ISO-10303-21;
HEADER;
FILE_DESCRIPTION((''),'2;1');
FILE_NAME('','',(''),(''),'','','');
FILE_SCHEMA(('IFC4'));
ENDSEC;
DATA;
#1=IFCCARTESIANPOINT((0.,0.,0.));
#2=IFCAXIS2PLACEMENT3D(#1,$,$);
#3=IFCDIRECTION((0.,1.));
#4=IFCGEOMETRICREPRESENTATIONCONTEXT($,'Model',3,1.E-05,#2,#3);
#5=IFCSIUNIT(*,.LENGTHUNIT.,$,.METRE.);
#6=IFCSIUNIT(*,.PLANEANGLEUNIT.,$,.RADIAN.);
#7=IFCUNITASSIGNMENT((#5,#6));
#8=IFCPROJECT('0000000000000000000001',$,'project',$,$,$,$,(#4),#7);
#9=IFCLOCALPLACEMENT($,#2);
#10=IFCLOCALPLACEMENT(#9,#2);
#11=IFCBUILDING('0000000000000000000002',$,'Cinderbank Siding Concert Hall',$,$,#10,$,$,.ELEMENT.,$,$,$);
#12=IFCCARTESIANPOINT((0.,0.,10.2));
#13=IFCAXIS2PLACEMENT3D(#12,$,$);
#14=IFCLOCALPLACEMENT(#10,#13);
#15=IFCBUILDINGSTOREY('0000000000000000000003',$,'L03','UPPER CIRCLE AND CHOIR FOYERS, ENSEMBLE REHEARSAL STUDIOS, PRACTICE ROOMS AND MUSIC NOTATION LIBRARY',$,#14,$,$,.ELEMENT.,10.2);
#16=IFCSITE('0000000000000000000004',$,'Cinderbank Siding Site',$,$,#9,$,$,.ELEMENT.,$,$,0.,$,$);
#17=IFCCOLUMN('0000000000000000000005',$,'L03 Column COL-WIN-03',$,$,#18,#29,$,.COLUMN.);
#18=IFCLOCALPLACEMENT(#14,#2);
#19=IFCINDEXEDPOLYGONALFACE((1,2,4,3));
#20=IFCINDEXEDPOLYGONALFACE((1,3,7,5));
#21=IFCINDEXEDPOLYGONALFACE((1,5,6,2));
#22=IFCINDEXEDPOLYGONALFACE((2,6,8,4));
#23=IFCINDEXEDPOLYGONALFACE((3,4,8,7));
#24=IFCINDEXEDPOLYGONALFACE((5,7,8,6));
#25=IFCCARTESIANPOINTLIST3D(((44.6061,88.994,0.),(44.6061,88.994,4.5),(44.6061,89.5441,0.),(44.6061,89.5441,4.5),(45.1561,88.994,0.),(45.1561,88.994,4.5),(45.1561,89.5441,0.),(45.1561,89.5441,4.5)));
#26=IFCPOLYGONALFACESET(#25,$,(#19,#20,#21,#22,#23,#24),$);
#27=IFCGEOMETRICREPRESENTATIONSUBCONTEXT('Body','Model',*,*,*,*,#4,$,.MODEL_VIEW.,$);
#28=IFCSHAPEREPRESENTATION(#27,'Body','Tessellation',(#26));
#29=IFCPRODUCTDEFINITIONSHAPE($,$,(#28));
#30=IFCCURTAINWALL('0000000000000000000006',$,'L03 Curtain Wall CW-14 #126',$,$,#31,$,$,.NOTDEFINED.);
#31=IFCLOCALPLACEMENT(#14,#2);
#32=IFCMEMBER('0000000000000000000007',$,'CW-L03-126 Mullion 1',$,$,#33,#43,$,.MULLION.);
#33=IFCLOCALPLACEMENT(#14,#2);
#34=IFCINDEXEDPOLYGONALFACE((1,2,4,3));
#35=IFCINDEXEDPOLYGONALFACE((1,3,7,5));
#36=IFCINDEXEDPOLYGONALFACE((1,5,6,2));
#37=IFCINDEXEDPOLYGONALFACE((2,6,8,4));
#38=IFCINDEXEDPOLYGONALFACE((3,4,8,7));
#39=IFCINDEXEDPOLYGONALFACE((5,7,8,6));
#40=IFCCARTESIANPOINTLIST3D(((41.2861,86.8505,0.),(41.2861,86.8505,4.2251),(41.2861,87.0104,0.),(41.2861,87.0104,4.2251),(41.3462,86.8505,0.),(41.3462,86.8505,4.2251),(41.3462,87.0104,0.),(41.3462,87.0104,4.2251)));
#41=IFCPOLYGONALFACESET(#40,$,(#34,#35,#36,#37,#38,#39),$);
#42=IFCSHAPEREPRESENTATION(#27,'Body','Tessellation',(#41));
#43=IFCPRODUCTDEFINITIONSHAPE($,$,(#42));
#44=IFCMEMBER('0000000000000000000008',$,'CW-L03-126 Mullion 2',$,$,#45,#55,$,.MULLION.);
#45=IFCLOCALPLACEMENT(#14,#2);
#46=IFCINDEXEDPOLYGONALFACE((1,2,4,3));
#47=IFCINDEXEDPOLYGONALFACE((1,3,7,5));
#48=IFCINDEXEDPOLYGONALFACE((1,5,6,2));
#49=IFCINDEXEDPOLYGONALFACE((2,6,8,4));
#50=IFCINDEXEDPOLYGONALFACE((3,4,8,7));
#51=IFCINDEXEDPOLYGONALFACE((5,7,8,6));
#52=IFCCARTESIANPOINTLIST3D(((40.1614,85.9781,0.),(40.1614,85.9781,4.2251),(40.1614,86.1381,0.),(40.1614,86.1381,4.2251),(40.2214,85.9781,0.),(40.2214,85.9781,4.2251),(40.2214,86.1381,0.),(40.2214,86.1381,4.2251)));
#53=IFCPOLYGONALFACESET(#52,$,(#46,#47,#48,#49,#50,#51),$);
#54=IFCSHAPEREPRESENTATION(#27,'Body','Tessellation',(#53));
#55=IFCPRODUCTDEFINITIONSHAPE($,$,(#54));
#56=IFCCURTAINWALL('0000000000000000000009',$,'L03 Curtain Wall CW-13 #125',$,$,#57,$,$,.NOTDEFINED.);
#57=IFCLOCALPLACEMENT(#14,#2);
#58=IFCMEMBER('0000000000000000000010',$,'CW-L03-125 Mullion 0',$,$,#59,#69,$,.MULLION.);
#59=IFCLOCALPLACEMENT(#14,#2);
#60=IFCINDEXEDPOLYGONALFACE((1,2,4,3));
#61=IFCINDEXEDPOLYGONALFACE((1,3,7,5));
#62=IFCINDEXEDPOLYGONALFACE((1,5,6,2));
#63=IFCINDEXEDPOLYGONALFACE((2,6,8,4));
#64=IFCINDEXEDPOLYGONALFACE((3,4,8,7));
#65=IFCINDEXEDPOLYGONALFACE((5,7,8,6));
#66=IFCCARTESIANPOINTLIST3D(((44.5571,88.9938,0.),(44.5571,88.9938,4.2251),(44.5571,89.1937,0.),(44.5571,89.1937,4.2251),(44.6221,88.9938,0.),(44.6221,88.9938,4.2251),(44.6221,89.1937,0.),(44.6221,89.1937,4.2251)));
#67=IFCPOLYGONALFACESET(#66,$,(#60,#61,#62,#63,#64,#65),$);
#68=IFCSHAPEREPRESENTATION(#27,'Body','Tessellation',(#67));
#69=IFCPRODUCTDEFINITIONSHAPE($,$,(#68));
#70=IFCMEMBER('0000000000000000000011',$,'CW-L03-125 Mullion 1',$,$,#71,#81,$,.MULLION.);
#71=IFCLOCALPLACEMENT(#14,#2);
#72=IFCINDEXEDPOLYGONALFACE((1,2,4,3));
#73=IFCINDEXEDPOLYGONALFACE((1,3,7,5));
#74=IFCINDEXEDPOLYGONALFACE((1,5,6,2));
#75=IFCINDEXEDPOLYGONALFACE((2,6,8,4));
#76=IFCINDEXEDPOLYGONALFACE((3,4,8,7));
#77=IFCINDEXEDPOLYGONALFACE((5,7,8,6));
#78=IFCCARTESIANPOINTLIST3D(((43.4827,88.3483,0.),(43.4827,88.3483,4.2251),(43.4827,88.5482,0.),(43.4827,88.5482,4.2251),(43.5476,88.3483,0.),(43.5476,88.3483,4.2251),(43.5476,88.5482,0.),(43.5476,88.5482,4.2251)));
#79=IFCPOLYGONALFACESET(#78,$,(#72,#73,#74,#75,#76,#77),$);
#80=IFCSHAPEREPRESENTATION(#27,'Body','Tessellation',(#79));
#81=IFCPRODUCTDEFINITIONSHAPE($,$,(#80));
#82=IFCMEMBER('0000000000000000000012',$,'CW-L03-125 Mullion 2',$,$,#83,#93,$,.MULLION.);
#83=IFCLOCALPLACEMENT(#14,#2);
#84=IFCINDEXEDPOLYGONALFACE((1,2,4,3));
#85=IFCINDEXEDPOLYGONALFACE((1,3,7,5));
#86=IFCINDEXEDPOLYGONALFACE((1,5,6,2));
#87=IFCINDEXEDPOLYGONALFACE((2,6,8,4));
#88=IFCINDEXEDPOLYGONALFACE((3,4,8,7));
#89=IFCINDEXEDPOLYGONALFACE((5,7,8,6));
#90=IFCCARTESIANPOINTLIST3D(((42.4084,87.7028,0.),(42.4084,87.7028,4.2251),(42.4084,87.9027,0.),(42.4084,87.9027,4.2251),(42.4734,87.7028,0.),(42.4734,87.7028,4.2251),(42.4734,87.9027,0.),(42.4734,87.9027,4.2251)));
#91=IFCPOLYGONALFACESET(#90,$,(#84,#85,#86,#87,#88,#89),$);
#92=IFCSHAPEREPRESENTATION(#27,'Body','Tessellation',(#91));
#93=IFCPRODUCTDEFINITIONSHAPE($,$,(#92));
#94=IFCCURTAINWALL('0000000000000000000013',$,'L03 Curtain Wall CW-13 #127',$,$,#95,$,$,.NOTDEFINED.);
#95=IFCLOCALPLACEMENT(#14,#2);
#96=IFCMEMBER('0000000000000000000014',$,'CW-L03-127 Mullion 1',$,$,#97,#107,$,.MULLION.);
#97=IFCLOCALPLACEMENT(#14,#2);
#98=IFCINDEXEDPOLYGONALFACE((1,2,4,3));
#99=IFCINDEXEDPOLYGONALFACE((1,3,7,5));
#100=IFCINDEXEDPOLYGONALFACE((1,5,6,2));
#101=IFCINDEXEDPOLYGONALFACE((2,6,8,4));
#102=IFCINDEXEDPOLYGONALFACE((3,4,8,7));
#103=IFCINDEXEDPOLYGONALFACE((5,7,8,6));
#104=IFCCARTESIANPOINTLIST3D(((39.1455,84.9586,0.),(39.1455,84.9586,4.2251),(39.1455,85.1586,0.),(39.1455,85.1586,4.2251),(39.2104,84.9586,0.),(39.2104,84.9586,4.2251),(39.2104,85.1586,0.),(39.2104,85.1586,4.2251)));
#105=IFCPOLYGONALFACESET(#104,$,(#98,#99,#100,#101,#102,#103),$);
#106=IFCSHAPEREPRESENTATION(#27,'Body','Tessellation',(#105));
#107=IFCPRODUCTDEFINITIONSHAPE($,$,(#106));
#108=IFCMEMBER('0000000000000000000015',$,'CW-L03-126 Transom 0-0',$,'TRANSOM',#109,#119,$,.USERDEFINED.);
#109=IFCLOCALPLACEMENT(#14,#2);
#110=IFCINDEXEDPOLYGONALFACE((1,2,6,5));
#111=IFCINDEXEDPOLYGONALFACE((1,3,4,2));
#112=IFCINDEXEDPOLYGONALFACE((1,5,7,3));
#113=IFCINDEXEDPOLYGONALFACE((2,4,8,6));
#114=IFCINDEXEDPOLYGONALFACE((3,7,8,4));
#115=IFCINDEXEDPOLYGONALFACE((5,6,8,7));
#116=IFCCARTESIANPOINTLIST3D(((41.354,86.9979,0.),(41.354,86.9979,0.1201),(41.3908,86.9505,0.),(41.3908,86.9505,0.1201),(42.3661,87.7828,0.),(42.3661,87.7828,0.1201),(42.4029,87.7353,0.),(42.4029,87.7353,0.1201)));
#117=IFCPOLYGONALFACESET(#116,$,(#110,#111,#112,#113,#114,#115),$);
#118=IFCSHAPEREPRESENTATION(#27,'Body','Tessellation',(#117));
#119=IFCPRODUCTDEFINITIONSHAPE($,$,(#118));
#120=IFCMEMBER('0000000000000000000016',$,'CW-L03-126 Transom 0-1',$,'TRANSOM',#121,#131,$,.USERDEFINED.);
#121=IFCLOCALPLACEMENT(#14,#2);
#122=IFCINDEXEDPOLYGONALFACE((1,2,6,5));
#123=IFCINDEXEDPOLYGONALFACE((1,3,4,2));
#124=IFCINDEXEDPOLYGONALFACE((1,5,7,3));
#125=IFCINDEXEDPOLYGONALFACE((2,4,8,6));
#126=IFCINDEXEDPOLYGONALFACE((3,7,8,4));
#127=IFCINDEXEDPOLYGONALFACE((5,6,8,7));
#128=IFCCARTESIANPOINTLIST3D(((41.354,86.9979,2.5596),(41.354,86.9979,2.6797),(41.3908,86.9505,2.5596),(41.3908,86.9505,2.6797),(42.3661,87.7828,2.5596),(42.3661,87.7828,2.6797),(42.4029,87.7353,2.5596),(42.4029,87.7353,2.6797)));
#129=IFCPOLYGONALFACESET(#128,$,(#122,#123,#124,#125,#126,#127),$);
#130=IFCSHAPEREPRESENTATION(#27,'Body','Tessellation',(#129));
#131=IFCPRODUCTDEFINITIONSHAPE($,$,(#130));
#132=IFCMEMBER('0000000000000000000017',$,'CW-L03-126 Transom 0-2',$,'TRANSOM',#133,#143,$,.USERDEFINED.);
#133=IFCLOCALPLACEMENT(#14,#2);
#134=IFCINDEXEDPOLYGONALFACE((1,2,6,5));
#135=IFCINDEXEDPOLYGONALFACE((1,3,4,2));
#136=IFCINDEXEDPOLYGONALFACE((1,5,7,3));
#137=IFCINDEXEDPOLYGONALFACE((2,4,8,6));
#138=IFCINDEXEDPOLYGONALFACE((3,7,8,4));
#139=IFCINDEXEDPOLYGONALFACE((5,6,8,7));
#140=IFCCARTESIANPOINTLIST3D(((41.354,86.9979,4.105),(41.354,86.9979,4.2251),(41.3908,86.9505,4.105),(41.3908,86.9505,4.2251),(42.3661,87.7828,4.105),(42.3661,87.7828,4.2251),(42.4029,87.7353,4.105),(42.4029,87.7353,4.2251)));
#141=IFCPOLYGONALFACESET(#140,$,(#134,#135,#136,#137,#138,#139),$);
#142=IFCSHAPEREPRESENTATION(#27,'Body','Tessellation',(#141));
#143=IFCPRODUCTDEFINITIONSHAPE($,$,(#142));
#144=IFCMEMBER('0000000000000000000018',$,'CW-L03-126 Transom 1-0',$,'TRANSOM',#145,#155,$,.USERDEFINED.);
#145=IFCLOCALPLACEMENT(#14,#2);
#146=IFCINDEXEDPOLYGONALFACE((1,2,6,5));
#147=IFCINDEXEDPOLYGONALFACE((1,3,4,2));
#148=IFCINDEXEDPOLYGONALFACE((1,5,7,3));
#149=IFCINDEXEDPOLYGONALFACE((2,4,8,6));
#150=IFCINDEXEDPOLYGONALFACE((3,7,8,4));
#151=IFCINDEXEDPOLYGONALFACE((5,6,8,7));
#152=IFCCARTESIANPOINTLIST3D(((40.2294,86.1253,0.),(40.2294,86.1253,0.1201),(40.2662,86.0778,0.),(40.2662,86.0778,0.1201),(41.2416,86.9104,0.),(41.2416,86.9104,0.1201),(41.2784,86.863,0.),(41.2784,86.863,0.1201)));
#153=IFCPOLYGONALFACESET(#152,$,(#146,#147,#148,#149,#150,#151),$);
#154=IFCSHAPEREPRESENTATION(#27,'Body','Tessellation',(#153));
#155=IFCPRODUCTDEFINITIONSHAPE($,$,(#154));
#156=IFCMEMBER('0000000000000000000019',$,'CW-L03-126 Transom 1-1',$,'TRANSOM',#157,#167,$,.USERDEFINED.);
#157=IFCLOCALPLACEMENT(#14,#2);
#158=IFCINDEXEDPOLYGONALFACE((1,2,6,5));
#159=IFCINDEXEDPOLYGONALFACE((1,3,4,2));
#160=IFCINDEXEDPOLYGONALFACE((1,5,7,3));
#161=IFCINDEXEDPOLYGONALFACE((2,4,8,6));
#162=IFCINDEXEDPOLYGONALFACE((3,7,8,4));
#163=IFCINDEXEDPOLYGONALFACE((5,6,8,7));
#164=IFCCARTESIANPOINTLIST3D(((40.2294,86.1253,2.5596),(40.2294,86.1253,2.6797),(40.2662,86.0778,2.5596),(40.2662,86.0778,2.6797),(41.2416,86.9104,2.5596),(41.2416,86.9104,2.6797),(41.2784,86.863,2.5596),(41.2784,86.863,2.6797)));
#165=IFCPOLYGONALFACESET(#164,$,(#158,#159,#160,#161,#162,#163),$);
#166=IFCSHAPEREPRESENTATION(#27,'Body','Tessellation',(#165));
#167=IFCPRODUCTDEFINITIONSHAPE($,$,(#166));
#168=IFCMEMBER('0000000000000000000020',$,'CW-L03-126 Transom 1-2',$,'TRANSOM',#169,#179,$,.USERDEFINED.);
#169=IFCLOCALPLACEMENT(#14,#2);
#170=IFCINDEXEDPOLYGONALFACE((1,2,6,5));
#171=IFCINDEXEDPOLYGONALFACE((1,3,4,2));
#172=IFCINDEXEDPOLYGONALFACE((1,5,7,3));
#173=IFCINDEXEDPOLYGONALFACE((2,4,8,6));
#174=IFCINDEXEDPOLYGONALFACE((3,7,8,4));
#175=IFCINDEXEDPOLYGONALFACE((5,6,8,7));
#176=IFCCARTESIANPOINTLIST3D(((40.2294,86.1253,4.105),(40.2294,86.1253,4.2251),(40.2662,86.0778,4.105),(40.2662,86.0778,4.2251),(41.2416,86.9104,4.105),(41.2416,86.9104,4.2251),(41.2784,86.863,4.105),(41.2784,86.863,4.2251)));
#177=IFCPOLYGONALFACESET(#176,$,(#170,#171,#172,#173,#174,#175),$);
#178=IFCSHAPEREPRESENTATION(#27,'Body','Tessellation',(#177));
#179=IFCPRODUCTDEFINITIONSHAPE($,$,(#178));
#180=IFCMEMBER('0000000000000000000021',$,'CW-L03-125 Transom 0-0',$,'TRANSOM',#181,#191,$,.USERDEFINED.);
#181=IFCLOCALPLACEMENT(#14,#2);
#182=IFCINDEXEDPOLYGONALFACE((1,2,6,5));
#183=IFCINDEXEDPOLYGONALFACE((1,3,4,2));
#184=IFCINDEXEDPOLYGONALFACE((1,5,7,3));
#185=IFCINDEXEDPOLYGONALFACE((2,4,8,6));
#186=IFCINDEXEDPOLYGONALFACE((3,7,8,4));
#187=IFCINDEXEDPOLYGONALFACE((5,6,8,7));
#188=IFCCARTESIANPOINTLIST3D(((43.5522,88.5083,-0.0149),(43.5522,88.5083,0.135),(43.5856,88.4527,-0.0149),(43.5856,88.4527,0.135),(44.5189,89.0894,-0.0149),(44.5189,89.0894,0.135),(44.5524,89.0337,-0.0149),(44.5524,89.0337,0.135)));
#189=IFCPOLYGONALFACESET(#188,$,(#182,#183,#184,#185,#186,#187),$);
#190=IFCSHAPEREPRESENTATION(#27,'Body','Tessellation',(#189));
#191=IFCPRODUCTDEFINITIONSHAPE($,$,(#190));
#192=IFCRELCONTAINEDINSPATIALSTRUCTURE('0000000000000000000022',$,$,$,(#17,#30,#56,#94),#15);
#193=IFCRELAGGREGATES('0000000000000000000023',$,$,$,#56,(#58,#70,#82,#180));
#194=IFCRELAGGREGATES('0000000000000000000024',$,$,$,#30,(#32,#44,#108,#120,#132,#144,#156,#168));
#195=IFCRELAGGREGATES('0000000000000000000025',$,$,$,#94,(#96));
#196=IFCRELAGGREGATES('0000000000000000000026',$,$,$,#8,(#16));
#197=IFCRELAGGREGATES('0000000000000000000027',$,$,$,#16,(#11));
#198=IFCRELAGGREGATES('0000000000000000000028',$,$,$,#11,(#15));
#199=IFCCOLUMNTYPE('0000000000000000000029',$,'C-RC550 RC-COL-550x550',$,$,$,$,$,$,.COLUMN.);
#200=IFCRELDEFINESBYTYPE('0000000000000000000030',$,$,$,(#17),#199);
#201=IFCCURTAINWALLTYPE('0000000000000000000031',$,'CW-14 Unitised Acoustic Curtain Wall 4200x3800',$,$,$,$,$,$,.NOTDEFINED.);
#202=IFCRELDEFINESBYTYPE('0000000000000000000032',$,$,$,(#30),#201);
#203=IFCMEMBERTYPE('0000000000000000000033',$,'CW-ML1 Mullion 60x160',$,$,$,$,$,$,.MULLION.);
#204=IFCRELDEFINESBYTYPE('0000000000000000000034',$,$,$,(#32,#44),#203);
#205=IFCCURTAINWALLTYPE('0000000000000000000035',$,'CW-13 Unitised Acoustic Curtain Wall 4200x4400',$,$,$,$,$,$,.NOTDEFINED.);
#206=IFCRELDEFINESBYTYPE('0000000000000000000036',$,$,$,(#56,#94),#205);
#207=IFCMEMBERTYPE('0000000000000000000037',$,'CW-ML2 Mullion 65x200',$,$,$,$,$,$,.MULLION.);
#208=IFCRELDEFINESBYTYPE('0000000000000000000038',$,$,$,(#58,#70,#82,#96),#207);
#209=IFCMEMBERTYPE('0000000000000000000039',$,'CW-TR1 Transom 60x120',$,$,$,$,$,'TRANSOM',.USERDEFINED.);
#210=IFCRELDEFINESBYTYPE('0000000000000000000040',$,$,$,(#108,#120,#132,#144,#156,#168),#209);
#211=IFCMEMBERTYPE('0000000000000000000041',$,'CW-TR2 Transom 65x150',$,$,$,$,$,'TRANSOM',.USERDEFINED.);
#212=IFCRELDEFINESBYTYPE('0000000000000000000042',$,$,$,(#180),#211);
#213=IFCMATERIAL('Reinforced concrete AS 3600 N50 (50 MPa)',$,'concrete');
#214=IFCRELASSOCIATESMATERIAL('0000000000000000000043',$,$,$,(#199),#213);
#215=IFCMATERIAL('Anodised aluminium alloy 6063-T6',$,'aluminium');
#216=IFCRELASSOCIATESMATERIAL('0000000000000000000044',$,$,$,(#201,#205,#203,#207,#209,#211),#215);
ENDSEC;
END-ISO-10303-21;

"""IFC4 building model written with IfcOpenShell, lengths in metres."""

from ifc_helpers import new_model, si_unit, direction, frame, origin, origin_2d, place, context, subcontext, project, spatial, rectangle, extrude, material, material_profile, profile_set, type_object, element, aggregate, save


model = new_model("IFC4")

# Units and contexts
model_context = context("Model", 3, precision=1e-05, world=origin(), true_north=direction((0.0, 1.0)))
body_context = subcontext(model_context, "Body", "Model", "MODEL_VIEW")
ifc_project = project(units=[si_unit("LENGTHUNIT", "METRE"), si_unit("PLANEANGLEUNIT", "RADIAN")], contexts=[model_context])

# Site, building, storey
site_placement = place(None, origin())
site = spatial("IfcSite", under=ifc_project, at=site_placement, Name="Cinderbank Siding Site", CompositionType="ELEMENT", RefElevation=0.0)
building_placement = place(site_placement, origin())
building = spatial("IfcBuilding", under=site, at=building_placement, Name="Cinderbank Siding Concert Hall", CompositionType="ELEMENT")
storey_placement = place(building_placement, frame((0.0, 0.0, 10.2)))
storey = spatial("IfcBuildingStorey", under=building, at=storey_placement, Name="L03", Description="UPPER CIRCLE AND CHOIR FOYERS, ENSEMBLE REHEARSAL STUDIOS, PRACTICE ROOMS AND MUSIC NOTATION LIBRARY", CompositionType="ELEMENT", Elevation=10.2)

# Column
ifc_material_1 = material(Name="Reinforced concrete AS 3600 N50 (50 MPa)", Category="concrete")
ifc_material_profile_1 = material_profile(ifc_material_1, rectangle(XDim=0.55, YDim=0.55, at=origin_2d()), Name="RC-COL-550x550", Category="LoadBearing")
ifc_profile_set_1 = profile_set([ifc_material_profile_1], Name="Reinforced concrete AS 3600 N50 (50 MPa)")
column_type = type_object("IfcColumnType", Name="C-RC550 RC-COL-550x550", PredefinedType="COLUMN", material=ifc_profile_set_1)
column_placement = place(storey_placement, frame((44.8811, 89.269, 0.0), z_axis=(0.0, 0.0, 1.0), x_axis=(1.0, 0.0, 0.0)))
element("IfcColumn", 1, at=column_placement, inside=storey, type_object=column_type, Name="L03 Column COL-WIN-03", PredefinedType="COLUMN", context=body_context, shape_type="SweptSolid", body=[
    extrude(rectangle(XDim=0.55, YDim=0.55, at=origin_2d()), origin(), (0.0, 0.0, 1.0), 4.5),
])

# Curtain walls, members
ifc_material_2 = material(Name="Anodised aluminium alloy 6063-T6", Category="aluminium")
curtain_wall_type_1 = type_object("IfcCurtainWallType", Name="CW-14 Unitised Acoustic Curtain Wall 4200x3800", PredefinedType="NOTDEFINED", material=ifc_material_2)
curtain_wall_1_placement = place(storey_placement, origin())
curtain_wall_1 = element("IfcCurtainWall", 2, at=curtain_wall_1_placement, inside=storey, type_object=curtain_wall_type_1, Name="L03 Curtain Wall CW-14 #126", PredefinedType="NOTDEFINED")
ifc_material_profile_2 = material_profile(ifc_material_2, rectangle(XDim=0.0601, YDim=0.1599, at=origin_2d()), Name="ALU-MULL-60x160", Category="LoadBearing")
ifc_profile_set_2 = profile_set([ifc_material_profile_2], Name="Anodised aluminium alloy 6063-T6")
member_type_1 = type_object("IfcMemberType", Name="CW-ML1 Mullion 60x160", PredefinedType="MULLION", material=ifc_profile_set_2)
member_1_placement = place(storey_placement, frame((41.3162, 86.9304, 0.0), z_axis=(0.0, 0.0, 1.0), x_axis=(1.0, 0.0, 0.0)))
member_1 = element("IfcMember", 3, at=member_1_placement, type_object=member_type_1, Name="CW-L03-126 Mullion 1", PredefinedType="MULLION", context=body_context, shape_type="SweptSolid", body=[
    extrude(rectangle(XDim=0.0601, YDim=0.1599, at=origin_2d()), origin(), (0.0, 0.0, 1.0), 4.2251),
])
member_2_placement = place(storey_placement, frame((40.1914, 86.0581, 0.0), z_axis=(0.0, 0.0, 1.0), x_axis=(1.0, 0.0, 0.0)))
member_2 = element("IfcMember", 4, at=member_2_placement, type_object=member_type_1, Name="CW-L03-126 Mullion 2", PredefinedType="MULLION", context=body_context, shape_type="SweptSolid", body=[
    extrude(rectangle(XDim=0.0601, YDim=0.1599, at=origin_2d()), origin(), (0.0, 0.0, 1.0), 4.2251),
])
curtain_wall_type_2 = type_object("IfcCurtainWallType", Name="CW-13 Unitised Acoustic Curtain Wall 4200x4400", PredefinedType="NOTDEFINED", material=ifc_material_2)
curtain_wall_2_placement = place(storey_placement, origin())
curtain_wall_2 = element("IfcCurtainWall", 5, at=curtain_wall_2_placement, inside=storey, type_object=curtain_wall_type_2, Name="L03 Curtain Wall CW-13 #125", PredefinedType="NOTDEFINED")
ifc_material_profile_3 = material_profile(ifc_material_2, rectangle(XDim=0.0649, YDim=0.2, at=origin_2d()), Name="ALU-MULL-65x200", Category="LoadBearing")
ifc_profile_set_3 = profile_set([ifc_material_profile_3], Name="Anodised aluminium alloy 6063-T6")
member_type_2 = type_object("IfcMemberType", Name="CW-ML2 Mullion 65x200", PredefinedType="MULLION", material=ifc_profile_set_3)
member_3_placement = place(storey_placement, frame((44.5896, 89.0938, 0.0), z_axis=(0.0, 0.0, 1.0), x_axis=(1.0, 0.0, 0.0)))
member_3 = element("IfcMember", 6, at=member_3_placement, type_object=member_type_2, Name="CW-L03-125 Mullion 0", PredefinedType="MULLION", context=body_context, shape_type="SweptSolid", body=[
    extrude(rectangle(XDim=0.0649, YDim=0.2, at=origin_2d()), origin(), (0.0, 0.0, 1.0), 4.2251),
])
member_4_placement = place(storey_placement, frame((43.5151, 88.4482, 0.0), z_axis=(0.0, 0.0, 1.0), x_axis=(1.0, 0.0, 0.0)))
member_4 = element("IfcMember", 7, at=member_4_placement, type_object=member_type_2, Name="CW-L03-125 Mullion 1", PredefinedType="MULLION", context=body_context, shape_type="SweptSolid", body=[
    extrude(rectangle(XDim=0.0649, YDim=0.2, at=origin_2d()), origin(), (0.0, 0.0, 1.0), 4.2251),
])
member_5_placement = place(storey_placement, frame((42.4409, 87.8027, 0.0), z_axis=(0.0, 0.0, 1.0), x_axis=(1.0, 0.0, 0.0)))
member_5 = element("IfcMember", 8, at=member_5_placement, type_object=member_type_2, Name="CW-L03-125 Mullion 2", PredefinedType="MULLION", context=body_context, shape_type="SweptSolid", body=[
    extrude(rectangle(XDim=0.0649, YDim=0.2, at=origin_2d()), origin(), (0.0, 0.0, 1.0), 4.2251),
])

# Curtain wall, member
curtain_wall_3_placement = place(storey_placement, origin())
curtain_wall_3 = element("IfcCurtainWall", 9, at=curtain_wall_3_placement, inside=storey, type_object=curtain_wall_type_2, Name="L03 Curtain Wall CW-13 #127", PredefinedType="NOTDEFINED")
member_6_placement = place(storey_placement, frame((39.178, 85.0586, 0.0), z_axis=(0.0, 0.0, 1.0), x_axis=(1.0, 0.0, 0.0)))
member_6 = element("IfcMember", 10, at=member_6_placement, type_object=member_type_2, Name="CW-L03-127 Mullion 1", PredefinedType="MULLION", context=body_context, shape_type="SweptSolid", body=[
    extrude(rectangle(XDim=0.0649, YDim=0.2, at=origin_2d()), origin(), (0.0, 0.0, 1.0), 4.2251),
])

# Members
ifc_material_profile_4 = material_profile(ifc_material_2, rectangle(XDim=0.0601, YDim=0.1201, at=origin_2d()), Name="ALU-TRAN-60x120", Category="LoadBearing")
ifc_profile_set_4 = profile_set([ifc_material_profile_4], Name="Anodised aluminium alloy 6063-T6")
member_type_3 = type_object("IfcMemberType", Name="CW-TR1 Transom 60x120", ElementType="TRANSOM", PredefinedType="USERDEFINED", material=ifc_profile_set_4)
member_7_placement = place(storey_placement, frame((42.3845, 87.759, 0.0601), z_axis=(-0.790244, -0.612792, 0.0), x_axis=(0.612792, -0.790244, 0.0)))
member_7 = element("IfcMember", 11, at=member_7_placement, type_object=member_type_3, Name="CW-L03-126 Transom 0-0", ObjectType="TRANSOM", PredefinedType="USERDEFINED", context=body_context, shape_type="SweptSolid", body=[
    extrude(rectangle(XDim=0.0601, YDim=0.1201, at=origin_2d()), origin(), (0.0, 0.0, 1.0), 1.2808),
])
member_8_placement = place(storey_placement, frame((42.3845, 87.759, 2.6196), z_axis=(-0.790244, -0.612792, 0.0), x_axis=(0.612792, -0.790244, 0.0)))
member_8 = element("IfcMember", 12, at=member_8_placement, type_object=member_type_3, Name="CW-L03-126 Transom 0-1", ObjectType="TRANSOM", PredefinedType="USERDEFINED", context=body_context, shape_type="SweptSolid", body=[
    extrude(rectangle(XDim=0.0601, YDim=0.1201, at=origin_2d()), origin(), (0.0, 0.0, 1.0), 1.2808),
])
member_9_placement = place(storey_placement, frame((42.3845, 87.759, 4.165), z_axis=(-0.790244, -0.612792, 0.0), x_axis=(0.612792, -0.790244, 0.0)))
member_9 = element("IfcMember", 13, at=member_9_placement, type_object=member_type_3, Name="CW-L03-126 Transom 0-2", ObjectType="TRANSOM", PredefinedType="USERDEFINED", context=body_context, shape_type="SweptSolid", body=[
    extrude(rectangle(XDim=0.0601, YDim=0.1201, at=origin_2d()), origin(), (0.0, 0.0, 1.0), 1.2808),
])
member_10_placement = place(storey_placement, frame((41.26, 86.8867, 0.0601), z_axis=(-0.790152, -0.612911, 0.0), x_axis=(0.612911, -0.790152, 0.0)))
member_10 = element("IfcMember", 14, at=member_10_placement, type_object=member_type_3, Name="CW-L03-126 Transom 1-0", ObjectType="TRANSOM", PredefinedType="USERDEFINED", context=body_context, shape_type="SweptSolid", body=[
    extrude(rectangle(XDim=0.0601, YDim=0.1201, at=origin_2d()), origin(), (0.0, 0.0, 1.0), 1.281),
])
member_11_placement = place(storey_placement, frame((41.26, 86.8867, 2.6196), z_axis=(-0.790152, -0.612911, 0.0), x_axis=(0.612911, -0.790152, 0.0)))
member_11 = element("IfcMember", 15, at=member_11_placement, type_object=member_type_3, Name="CW-L03-126 Transom 1-1", ObjectType="TRANSOM", PredefinedType="USERDEFINED", context=body_context, shape_type="SweptSolid", body=[
    extrude(rectangle(XDim=0.0601, YDim=0.1201, at=origin_2d()), origin(), (0.0, 0.0, 1.0), 1.281),
])
member_12_placement = place(storey_placement, frame((41.26, 86.8867, 4.165), z_axis=(-0.790152, -0.612911, 0.0), x_axis=(0.612911, -0.790152, 0.0)))
member_12 = element("IfcMember", 16, at=member_12_placement, type_object=member_type_3, Name="CW-L03-126 Transom 1-2", ObjectType="TRANSOM", PredefinedType="USERDEFINED", context=body_context, shape_type="SweptSolid", body=[
    extrude(rectangle(XDim=0.0601, YDim=0.1201, at=origin_2d()), origin(), (0.0, 0.0, 1.0), 1.281),
])
ifc_material_profile_5 = material_profile(ifc_material_2, rectangle(XDim=0.0649, YDim=0.1499, at=origin_2d()), Name="ALU-TRAN-65x150", Category="LoadBearing")
ifc_profile_set_5 = profile_set([ifc_material_profile_5], Name="Anodised aluminium alloy 6063-T6")
member_type_4 = type_object("IfcMemberType", Name="CW-TR2 Transom 65x150", ElementType="TRANSOM", PredefinedType="USERDEFINED", material=ifc_profile_set_5)
member_13_placement = place(storey_placement, frame((44.5356, 89.0615, 0.0601), z_axis=(-0.857111, -0.515132, 0.0), x_axis=(0.515132, -0.857111, 0.0)))
member_13 = element("IfcMember", 17, at=member_13_placement, type_object=member_type_4, Name="CW-L03-125 Transom 0-0", ObjectType="TRANSOM", PredefinedType="USERDEFINED", context=body_context, shape_type="SweptSolid", body=[
    extrude(rectangle(XDim=0.0649, YDim=0.1499, at=origin_2d()), origin(), (0.0, 0.0, 1.0), 1.1279),
])

aggregate(curtain_wall_2, [member_3, member_4, member_5, member_13])
aggregate(curtain_wall_1, [member_1, member_2, member_7, member_8, member_9, member_10, member_11, member_12])
aggregate(curtain_wall_3, [member_6])

save(model, "model.ifc")
